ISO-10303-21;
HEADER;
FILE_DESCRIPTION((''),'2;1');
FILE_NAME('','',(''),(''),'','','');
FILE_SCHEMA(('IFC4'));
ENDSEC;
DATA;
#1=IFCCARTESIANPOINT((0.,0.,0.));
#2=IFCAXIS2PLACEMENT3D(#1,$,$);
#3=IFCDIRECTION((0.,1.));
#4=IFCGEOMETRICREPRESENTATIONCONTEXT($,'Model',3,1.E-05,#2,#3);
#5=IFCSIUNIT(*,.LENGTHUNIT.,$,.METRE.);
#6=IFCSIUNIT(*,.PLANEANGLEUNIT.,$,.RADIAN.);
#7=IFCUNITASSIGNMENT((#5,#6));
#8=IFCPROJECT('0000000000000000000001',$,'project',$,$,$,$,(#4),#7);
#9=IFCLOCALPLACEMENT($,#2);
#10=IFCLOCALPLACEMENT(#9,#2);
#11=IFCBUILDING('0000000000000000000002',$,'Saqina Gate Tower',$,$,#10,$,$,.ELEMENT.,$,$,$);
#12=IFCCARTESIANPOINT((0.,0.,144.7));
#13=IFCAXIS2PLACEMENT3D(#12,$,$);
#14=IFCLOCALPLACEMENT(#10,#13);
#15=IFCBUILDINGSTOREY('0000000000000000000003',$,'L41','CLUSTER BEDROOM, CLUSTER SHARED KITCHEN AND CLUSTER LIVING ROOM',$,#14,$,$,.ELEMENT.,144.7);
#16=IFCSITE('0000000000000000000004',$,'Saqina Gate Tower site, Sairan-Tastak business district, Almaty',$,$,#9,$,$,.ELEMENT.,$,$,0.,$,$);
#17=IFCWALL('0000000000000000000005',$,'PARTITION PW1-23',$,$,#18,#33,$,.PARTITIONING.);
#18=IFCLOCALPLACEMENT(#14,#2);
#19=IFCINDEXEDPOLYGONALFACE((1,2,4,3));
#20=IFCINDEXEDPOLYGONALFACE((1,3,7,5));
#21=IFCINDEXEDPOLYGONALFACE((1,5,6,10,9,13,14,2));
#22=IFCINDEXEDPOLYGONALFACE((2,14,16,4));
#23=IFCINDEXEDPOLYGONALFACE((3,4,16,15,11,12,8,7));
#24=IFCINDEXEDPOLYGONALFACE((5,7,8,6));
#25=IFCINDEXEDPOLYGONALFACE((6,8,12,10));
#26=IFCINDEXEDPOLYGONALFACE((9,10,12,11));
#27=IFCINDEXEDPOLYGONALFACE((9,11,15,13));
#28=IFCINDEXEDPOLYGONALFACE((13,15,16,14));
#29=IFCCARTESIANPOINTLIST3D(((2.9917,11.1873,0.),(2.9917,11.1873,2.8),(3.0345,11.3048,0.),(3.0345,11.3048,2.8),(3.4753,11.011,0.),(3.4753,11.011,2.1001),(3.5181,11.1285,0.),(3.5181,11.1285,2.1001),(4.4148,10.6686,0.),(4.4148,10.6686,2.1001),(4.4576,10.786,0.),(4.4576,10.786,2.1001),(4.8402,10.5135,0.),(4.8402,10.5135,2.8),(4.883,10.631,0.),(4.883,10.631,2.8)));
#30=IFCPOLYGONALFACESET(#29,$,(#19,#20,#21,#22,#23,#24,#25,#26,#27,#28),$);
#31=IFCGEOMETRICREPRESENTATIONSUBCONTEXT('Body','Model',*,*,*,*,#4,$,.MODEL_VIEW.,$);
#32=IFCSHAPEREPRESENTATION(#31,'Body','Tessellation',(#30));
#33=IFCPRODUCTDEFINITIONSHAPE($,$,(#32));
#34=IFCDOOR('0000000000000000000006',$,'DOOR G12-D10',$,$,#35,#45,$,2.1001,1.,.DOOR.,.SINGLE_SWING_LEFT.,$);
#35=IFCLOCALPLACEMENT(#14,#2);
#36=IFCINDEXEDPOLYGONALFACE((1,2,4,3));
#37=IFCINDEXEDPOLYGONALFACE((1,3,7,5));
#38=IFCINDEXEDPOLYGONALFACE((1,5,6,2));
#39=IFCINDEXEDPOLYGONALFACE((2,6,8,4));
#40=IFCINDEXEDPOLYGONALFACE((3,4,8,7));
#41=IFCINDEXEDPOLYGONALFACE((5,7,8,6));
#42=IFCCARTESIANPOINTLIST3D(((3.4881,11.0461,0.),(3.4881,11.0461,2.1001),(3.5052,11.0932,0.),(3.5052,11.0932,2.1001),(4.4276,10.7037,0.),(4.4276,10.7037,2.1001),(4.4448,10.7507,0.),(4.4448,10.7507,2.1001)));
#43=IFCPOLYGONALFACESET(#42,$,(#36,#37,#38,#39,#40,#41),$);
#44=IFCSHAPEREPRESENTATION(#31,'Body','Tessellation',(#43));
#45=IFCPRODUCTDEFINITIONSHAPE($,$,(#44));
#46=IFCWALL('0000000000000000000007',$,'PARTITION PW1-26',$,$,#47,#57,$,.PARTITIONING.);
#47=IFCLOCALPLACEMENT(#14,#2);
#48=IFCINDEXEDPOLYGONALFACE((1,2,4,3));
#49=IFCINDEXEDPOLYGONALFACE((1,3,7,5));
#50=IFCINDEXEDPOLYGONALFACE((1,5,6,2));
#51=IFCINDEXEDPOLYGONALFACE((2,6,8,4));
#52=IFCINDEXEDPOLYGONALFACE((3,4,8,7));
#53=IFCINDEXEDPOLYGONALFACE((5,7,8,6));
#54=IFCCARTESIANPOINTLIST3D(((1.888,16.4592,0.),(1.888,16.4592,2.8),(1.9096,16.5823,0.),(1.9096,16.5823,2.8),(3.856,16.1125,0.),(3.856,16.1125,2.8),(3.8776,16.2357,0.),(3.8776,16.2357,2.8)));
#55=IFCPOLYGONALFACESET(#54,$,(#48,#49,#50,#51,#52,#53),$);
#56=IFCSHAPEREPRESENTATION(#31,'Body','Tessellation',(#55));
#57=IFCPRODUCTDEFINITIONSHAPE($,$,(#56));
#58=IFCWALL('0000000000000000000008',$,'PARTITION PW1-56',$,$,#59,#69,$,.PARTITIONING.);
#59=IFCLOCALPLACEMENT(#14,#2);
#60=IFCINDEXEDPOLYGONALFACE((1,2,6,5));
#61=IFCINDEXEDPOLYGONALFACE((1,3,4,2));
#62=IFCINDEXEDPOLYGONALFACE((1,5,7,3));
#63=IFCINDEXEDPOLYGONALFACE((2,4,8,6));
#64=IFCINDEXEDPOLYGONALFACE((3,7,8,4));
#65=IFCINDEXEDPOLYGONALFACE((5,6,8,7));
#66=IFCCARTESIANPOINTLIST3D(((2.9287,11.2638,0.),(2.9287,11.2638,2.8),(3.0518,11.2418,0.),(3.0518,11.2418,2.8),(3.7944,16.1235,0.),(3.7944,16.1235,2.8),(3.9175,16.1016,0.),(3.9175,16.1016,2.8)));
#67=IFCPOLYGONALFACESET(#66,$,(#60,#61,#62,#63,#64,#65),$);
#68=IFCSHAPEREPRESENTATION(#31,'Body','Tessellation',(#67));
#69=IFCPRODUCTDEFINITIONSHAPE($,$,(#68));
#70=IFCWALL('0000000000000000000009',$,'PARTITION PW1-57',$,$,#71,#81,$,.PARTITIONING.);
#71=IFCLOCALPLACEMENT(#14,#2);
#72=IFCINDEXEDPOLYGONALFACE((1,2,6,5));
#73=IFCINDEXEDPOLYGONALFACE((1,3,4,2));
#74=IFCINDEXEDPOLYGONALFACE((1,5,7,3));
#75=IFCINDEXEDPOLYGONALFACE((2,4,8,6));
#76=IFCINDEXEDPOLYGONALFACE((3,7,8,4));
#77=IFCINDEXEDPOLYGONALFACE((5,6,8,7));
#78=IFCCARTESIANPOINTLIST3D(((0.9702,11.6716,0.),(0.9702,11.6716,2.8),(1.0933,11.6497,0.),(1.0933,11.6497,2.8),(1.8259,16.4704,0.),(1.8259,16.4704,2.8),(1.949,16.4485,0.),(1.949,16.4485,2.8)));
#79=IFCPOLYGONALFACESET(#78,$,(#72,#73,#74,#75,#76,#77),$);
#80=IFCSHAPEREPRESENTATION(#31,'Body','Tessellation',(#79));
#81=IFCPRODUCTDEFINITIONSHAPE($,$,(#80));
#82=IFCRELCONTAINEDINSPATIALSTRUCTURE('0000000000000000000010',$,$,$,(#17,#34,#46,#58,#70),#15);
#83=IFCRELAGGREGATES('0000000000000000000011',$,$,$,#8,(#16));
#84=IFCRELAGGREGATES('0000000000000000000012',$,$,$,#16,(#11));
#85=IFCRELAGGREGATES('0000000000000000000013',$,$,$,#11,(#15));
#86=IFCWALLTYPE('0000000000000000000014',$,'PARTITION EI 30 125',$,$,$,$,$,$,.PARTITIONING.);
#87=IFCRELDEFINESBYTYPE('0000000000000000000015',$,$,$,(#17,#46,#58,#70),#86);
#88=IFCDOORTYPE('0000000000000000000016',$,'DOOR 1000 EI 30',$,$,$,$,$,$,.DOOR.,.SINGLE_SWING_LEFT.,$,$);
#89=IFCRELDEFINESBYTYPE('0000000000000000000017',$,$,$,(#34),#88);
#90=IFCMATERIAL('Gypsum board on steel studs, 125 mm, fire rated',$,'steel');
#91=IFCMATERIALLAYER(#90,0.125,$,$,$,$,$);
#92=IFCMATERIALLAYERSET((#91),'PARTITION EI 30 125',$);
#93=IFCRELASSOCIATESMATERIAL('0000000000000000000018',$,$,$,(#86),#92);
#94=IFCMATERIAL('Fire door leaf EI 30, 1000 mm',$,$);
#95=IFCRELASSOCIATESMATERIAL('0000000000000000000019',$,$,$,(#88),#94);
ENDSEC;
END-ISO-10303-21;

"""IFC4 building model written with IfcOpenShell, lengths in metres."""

from ifc_helpers import new_model, si_unit, direction, frame, frame_2d, origin, place, context, subcontext, project, spatial, rectangle, extrude, material, layer, layer_set, type_object, element, fill, save


model = new_model("IFC4")

# Units and contexts
model_context = context("Model", 3, precision=1e-05, world=origin(), true_north=direction((0.0, 1.0)))
body_context = subcontext(model_context, "Body", "Model", "MODEL_VIEW")
ifc_project = project(units=[si_unit("LENGTHUNIT", "METRE"), si_unit("PLANEANGLEUNIT", "RADIAN")], contexts=[model_context])

# Site, building, storey
site_placement = place(None, origin())
site = spatial("IfcSite", under=ifc_project, at=site_placement, Name="Saqina Gate Tower site, Sairan-Tastak business district, Almaty", CompositionType="ELEMENT", RefElevation=0.0)
building_placement = place(site_placement, origin())
building = spatial("IfcBuilding", under=site, at=building_placement, Name="Saqina Gate Tower", CompositionType="ELEMENT")
storey_placement = place(building_placement, frame((0.0, 0.0, 144.7)))
storey = spatial("IfcBuildingStorey", under=building, at=storey_placement, Name="L41", Description="CLUSTER BEDROOM, CLUSTER SHARED KITCHEN AND CLUSTER LIVING ROOM", CompositionType="ELEMENT", Elevation=144.7)

# Shared definitions
ifc_material_1 = material(Name="Gypsum board on steel studs, 125 mm, fire rated", Category="steel")
ifc_layer_1 = layer(ifc_material_1, 0.125)
ifc_layer_set_1 = layer_set([ifc_layer_1], Name="PARTITION EI 30 125")
wall_type_1 = type_object("IfcWallType", Name="PARTITION EI 30 125", PredefinedType="PARTITIONING", material=ifc_layer_set_1)

# Wall, opening, door
wall_1_placement = place(storey_placement, frame((3.0129, 11.2461, 0.0), z_axis=(0.0, 0.0, 1.0), x_axis=(0.939532, -0.34246, 0.0)))
wall_1 = element("IfcWall", 1, at=wall_1_placement, inside=storey, type_object=wall_type_1, Name="PARTITION PW1-23", PredefinedType="PARTITIONING", context=body_context, shape_type="SweptSolid", body=[
    extrude(rectangle(XDim=1.9675, YDim=0.125, at=frame_2d((0.9839, 0.0))), origin(), (0.0, 0.0, 1.0), 2.8),
])
opening_1_placement = place(wall_1_placement, frame((0.5149, 0.0, 0.0)))
opening_1 = element("IfcOpeningElement", 2, at=opening_1_placement, cuts=wall_1, PredefinedType="OPENING", context=body_context, shape_type="SweptSolid", body=[
    extrude(rectangle(XDim=1.0, YDim=2.1001, at=frame_2d((0.5, 1.05))), frame((0.0, 0.0745, 0.0), z_axis=(0.0, -1.0, 0.0), x_axis=(1.0, 0.0, 0.0)), (0.0, 0.0, 1.0), 0.1489),
])
ifc_material_2 = material(Name="Fire door leaf EI 30, 1000 mm")
door_type_1 = type_object("IfcDoorType", Name="DOOR 1000 EI 30", OperationType="SINGLE_SWING_LEFT", PredefinedType="DOOR", material=ifc_material_2)
door_1_placement = place(opening_1_placement, origin())
door_1 = element("IfcDoor", 3, at=door_1_placement, inside=storey, type_object=door_type_1, Name="DOOR G12-D10", OperationType="SINGLE_SWING_LEFT", OverallHeight=2.1001, OverallWidth=1.0, PredefinedType="DOOR", context=body_context, shape_type="SweptSolid", body=[
    extrude(rectangle(XDim=1.0, YDim=2.1001, at=frame_2d((0.5, 1.05))), frame((0.0, 0.0249, 0.0), z_axis=(0.0, -1.0, 0.0), x_axis=(1.0, 0.0, 0.0)), (0.0, 0.0, 1.0), 0.05),
])
fill(opening_1, door_1)

# Walls
wall_2_placement = place(storey_placement, frame((1.8989, 16.5208, 0.0), z_axis=(0.0, 0.0, 1.0), x_axis=(0.984836, -0.173486, 0.0)))
element("IfcWall", 4, at=wall_2_placement, inside=storey, type_object=wall_type_1, Name="PARTITION PW1-26", PredefinedType="PARTITIONING", context=body_context, shape_type="SweptSolid", body=[
    extrude(rectangle(XDim=1.9983, YDim=0.125, at=frame_2d((0.999, 0.0))), origin(), (0.0, 0.0, 1.0), 2.8),
])
wall_3_placement = place(storey_placement, frame((2.9902, 11.2527, 0.0), z_axis=(0.0, 0.0, 1.0), x_axis=(0.175376, 0.984501, 0.0)))
element("IfcWall", 5, at=wall_3_placement, inside=storey, type_object=wall_type_1, Name="PARTITION PW1-56", PredefinedType="PARTITIONING", context=body_context, shape_type="SweptSolid", body=[
    extrude(rectangle(XDim=4.9363, YDim=0.125, at=frame_2d((2.4683, 0.0))), origin(), (0.0, 0.0, 1.0), 2.8),
])
wall_4_placement = place(storey_placement, frame((1.0317, 11.6606, 0.0), z_axis=(0.0, 0.0, 1.0), x_axis=(0.175548, 0.984471, 0.0)))
element("IfcWall", 6, at=wall_4_placement, inside=storey, type_object=wall_type_1, Name="PARTITION PW1-57", PredefinedType="PARTITIONING", context=body_context, shape_type="SweptSolid", body=[
    extrude(rectangle(XDim=4.8745, YDim=0.125, at=frame_2d((2.4373, 0.0))), origin(), (0.0, 0.0, 1.0), 2.8),
])

save(model, "model.ifc")
